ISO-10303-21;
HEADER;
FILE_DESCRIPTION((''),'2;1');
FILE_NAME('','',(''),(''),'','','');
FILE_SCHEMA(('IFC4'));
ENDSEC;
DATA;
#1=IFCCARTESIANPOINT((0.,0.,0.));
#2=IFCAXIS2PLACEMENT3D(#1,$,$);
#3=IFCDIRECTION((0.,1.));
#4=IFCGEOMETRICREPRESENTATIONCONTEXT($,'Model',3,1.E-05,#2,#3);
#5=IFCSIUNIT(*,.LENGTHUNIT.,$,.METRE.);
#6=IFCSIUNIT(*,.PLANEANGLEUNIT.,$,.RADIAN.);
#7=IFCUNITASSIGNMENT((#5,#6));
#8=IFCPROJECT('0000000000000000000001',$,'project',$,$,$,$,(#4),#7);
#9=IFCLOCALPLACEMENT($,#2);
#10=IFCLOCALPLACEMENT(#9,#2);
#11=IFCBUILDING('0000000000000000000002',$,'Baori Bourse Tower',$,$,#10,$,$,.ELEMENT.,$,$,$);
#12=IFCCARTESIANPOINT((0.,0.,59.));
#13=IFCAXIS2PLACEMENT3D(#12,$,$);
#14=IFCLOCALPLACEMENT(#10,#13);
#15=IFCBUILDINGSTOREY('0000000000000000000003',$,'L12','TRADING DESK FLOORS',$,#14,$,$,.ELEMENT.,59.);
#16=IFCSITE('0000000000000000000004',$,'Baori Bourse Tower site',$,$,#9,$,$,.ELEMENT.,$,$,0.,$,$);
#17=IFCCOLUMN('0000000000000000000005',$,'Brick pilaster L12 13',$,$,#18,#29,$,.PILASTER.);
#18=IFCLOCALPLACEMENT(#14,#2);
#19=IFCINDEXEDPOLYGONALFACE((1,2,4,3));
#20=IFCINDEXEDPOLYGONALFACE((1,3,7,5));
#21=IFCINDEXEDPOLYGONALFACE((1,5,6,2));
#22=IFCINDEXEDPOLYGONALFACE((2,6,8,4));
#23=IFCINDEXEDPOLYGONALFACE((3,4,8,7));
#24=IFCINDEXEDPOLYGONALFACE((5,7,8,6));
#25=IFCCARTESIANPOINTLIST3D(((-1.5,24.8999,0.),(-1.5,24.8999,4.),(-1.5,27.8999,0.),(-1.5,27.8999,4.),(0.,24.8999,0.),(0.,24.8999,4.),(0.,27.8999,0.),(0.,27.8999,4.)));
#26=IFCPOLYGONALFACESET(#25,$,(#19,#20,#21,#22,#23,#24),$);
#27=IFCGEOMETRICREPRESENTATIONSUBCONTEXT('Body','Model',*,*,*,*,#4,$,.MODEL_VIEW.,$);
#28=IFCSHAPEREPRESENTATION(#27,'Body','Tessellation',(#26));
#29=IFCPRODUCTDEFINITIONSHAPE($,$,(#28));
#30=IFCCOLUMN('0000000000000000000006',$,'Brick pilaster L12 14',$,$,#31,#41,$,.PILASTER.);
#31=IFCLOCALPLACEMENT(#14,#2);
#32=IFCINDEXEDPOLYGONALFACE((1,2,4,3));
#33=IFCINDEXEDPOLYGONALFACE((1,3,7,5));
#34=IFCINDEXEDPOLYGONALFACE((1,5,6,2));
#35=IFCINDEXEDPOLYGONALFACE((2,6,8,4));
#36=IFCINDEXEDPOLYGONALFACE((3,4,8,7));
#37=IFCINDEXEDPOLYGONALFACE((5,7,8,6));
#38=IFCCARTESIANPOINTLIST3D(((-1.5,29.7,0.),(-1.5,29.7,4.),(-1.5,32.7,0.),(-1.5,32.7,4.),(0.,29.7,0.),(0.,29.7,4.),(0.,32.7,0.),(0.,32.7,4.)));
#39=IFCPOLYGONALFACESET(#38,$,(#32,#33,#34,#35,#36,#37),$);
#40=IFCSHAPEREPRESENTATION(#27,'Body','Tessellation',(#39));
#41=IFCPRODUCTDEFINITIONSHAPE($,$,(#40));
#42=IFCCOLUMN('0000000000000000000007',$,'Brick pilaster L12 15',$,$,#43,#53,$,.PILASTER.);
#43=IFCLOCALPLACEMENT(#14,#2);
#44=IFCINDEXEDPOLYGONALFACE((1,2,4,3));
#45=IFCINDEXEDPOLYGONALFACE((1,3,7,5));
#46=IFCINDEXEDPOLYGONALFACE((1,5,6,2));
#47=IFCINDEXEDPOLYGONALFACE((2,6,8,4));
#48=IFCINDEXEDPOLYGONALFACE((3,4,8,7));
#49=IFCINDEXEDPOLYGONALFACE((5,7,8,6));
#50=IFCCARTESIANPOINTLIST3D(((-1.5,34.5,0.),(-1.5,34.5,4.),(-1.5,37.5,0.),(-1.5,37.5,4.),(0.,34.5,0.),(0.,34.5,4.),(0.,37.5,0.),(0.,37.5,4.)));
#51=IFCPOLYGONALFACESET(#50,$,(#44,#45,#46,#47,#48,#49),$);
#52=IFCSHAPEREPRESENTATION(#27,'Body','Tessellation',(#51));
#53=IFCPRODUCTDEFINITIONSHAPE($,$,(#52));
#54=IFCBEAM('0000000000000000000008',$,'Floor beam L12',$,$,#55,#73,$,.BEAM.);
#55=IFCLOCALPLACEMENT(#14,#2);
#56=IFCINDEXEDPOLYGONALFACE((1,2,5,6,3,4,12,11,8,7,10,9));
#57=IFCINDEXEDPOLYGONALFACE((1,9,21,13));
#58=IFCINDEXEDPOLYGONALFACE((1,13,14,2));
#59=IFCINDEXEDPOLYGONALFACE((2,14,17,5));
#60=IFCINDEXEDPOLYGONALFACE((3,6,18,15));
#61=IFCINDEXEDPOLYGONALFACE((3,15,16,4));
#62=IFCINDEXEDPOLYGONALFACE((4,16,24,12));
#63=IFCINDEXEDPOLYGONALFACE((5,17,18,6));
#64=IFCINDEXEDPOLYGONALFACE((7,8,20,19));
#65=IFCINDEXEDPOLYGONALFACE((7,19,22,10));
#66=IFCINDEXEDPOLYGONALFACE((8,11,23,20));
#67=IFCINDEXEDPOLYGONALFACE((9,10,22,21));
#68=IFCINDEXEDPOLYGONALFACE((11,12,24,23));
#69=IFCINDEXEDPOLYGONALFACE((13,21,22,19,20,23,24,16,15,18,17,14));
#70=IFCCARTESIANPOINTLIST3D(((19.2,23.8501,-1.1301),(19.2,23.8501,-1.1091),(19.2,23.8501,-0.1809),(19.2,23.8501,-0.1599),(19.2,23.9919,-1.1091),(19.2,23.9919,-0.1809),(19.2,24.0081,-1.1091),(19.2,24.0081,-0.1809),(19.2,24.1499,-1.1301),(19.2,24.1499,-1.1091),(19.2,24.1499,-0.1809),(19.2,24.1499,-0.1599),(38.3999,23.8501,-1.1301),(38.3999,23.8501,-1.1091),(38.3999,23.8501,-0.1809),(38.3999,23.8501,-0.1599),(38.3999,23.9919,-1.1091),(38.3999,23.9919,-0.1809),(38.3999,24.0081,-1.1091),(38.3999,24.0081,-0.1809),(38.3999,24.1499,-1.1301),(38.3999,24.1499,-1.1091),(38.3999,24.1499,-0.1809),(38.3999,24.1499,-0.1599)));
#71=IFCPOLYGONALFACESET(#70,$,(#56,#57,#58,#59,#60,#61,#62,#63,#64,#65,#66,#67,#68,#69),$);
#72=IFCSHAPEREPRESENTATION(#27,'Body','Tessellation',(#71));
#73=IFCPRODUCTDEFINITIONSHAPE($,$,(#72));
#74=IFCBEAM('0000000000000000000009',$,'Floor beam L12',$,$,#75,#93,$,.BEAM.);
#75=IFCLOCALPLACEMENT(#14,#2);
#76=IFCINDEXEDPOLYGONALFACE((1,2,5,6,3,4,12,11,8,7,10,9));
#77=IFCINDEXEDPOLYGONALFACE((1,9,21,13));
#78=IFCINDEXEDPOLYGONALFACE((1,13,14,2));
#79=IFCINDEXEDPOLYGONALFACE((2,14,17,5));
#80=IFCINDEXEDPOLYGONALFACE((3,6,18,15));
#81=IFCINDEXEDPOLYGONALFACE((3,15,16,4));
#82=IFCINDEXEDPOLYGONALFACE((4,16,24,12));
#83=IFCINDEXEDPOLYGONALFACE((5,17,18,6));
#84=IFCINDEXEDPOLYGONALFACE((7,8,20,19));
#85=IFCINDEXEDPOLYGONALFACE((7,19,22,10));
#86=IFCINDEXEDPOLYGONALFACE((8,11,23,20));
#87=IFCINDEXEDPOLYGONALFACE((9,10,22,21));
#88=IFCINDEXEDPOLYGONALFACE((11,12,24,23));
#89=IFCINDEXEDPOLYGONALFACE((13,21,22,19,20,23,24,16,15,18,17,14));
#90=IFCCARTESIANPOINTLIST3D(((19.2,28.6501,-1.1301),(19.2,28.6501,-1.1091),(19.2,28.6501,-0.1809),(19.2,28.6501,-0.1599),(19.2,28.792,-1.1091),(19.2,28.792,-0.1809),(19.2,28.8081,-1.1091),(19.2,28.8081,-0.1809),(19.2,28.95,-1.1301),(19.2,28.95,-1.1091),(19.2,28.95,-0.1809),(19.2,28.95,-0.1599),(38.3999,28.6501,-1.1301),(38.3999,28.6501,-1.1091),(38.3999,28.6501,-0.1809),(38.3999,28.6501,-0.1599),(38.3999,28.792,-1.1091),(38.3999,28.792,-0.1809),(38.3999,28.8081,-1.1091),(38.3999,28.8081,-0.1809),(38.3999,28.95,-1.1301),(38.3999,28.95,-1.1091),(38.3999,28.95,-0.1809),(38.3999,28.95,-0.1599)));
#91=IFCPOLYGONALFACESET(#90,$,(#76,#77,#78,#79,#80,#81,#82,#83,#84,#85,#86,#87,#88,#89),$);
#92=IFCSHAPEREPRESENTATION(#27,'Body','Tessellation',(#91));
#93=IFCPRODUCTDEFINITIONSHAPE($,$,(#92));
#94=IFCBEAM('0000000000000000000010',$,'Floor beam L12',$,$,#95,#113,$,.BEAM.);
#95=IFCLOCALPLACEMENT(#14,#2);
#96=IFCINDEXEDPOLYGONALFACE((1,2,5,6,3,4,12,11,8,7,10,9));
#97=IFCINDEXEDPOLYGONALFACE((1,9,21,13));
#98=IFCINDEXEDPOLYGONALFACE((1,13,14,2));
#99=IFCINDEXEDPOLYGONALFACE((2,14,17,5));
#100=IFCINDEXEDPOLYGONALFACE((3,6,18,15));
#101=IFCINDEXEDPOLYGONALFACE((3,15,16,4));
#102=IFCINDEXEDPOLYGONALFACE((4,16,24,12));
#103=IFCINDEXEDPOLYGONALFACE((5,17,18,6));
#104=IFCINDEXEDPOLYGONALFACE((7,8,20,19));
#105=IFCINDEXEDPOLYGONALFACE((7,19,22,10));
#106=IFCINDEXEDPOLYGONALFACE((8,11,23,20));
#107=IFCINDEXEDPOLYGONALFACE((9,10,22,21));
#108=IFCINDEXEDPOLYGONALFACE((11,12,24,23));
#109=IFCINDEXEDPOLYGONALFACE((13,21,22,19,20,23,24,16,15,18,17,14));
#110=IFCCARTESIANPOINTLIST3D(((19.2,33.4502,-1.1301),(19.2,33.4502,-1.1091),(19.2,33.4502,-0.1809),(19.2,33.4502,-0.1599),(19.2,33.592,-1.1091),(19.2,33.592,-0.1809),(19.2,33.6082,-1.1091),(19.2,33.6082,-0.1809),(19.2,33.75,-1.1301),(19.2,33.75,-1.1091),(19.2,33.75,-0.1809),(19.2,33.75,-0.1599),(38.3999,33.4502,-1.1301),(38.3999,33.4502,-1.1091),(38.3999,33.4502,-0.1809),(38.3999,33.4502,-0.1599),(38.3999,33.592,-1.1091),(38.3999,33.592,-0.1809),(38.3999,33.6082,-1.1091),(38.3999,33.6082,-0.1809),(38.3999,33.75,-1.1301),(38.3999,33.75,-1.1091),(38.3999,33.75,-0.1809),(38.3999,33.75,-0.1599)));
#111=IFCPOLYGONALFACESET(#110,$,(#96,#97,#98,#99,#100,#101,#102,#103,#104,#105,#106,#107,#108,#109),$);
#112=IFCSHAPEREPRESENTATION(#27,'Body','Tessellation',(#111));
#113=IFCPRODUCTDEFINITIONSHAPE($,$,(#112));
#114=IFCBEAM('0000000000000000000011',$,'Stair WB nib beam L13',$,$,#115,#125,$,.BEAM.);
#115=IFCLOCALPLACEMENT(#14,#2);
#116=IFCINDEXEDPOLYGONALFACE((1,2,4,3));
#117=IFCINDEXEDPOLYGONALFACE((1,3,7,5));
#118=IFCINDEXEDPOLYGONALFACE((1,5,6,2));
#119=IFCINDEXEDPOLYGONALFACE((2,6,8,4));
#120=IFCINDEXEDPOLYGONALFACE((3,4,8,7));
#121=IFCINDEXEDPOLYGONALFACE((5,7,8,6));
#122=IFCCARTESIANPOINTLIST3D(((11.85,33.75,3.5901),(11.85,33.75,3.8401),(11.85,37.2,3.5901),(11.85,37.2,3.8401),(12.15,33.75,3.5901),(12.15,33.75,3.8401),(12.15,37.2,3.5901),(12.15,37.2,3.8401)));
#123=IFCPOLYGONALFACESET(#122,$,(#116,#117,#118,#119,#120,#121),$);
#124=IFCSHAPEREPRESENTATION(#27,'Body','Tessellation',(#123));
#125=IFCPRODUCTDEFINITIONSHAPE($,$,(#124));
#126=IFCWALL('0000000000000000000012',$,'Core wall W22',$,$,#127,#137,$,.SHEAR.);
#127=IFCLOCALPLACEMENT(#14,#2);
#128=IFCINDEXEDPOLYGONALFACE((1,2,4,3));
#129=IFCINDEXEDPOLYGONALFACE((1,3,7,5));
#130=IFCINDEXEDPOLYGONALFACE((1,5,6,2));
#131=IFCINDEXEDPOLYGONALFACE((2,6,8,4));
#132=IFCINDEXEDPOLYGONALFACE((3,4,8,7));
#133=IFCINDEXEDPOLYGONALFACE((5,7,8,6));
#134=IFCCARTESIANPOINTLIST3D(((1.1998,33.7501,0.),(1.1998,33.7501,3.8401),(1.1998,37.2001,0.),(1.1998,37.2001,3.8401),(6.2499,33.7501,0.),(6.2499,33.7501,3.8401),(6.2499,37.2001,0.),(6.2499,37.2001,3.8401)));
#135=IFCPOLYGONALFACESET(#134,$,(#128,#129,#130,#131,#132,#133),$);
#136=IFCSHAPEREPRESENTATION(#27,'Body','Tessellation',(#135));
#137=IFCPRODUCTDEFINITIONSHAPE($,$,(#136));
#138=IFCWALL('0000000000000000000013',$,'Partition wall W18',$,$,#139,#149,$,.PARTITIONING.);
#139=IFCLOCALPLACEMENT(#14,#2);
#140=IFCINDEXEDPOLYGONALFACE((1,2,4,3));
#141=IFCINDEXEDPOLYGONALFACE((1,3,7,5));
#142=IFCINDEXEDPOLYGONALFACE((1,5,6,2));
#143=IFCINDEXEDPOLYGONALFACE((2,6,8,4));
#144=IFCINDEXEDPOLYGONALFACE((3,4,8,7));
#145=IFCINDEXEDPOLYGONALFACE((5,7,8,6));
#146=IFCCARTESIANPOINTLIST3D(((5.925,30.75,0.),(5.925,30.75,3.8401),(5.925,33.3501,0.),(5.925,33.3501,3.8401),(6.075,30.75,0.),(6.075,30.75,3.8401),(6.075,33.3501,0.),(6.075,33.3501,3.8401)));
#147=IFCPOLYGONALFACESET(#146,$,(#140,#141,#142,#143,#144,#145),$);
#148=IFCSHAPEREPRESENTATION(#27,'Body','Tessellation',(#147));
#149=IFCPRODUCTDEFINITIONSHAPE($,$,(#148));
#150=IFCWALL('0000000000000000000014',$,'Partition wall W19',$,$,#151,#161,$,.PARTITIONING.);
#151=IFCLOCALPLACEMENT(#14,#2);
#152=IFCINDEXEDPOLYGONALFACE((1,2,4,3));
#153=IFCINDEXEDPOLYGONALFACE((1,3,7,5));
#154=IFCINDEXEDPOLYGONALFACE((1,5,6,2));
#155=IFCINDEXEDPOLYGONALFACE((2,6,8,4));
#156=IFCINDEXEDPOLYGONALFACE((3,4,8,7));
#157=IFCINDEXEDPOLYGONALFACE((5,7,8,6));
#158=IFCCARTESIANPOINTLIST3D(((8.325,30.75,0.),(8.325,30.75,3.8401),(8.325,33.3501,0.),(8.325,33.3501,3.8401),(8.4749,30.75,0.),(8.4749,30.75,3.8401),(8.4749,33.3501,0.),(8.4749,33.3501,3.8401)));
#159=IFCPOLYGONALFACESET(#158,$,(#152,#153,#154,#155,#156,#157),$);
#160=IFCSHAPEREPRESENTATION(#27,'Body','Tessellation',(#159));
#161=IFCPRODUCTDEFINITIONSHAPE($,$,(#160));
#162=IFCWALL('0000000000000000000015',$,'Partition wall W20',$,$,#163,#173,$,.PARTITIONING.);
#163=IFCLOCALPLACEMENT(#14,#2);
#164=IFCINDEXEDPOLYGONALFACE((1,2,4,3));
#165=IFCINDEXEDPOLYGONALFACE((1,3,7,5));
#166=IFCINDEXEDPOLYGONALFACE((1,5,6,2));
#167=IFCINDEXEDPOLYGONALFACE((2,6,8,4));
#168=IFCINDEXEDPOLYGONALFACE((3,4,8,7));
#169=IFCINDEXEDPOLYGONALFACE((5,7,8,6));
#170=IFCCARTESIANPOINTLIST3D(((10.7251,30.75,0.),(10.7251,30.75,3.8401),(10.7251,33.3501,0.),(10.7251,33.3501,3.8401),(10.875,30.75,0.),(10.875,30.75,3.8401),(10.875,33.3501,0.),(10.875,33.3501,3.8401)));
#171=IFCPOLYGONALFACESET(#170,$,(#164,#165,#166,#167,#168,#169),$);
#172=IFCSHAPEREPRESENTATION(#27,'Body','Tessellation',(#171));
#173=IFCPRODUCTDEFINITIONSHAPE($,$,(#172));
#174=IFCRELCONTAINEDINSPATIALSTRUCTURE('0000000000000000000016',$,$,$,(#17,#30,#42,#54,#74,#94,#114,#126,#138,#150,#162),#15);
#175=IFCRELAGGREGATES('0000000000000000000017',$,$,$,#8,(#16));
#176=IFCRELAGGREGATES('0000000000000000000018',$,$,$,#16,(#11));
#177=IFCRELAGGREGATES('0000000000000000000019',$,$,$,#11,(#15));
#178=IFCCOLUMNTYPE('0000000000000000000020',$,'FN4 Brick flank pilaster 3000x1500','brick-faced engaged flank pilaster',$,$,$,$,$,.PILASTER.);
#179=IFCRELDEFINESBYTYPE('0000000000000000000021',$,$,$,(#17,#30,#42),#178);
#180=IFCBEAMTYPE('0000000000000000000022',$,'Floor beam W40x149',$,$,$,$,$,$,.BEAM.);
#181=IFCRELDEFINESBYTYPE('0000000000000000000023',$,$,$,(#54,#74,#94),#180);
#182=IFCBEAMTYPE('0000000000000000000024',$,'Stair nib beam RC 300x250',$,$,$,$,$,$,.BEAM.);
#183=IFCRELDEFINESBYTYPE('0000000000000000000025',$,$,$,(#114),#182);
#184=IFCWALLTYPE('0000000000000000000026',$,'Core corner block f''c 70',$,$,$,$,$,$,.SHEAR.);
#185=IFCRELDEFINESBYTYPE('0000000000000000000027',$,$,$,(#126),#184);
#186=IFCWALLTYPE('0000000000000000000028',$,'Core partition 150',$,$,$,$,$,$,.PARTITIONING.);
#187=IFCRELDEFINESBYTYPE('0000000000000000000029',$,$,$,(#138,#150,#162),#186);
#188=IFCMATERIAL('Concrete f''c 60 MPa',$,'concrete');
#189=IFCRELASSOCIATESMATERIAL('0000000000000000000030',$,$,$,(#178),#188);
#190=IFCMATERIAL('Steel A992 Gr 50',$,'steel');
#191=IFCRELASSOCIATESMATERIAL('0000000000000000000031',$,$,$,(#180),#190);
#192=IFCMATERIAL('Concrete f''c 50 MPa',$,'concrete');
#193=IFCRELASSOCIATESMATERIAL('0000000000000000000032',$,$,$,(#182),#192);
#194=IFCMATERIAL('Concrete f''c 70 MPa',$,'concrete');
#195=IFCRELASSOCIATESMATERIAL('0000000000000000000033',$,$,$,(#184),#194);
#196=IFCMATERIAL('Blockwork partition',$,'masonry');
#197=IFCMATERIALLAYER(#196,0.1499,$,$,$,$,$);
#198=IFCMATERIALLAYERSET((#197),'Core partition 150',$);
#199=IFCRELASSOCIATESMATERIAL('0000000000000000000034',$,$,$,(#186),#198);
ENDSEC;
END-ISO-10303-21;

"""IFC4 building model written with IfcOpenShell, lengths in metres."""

from ifc_helpers import new_model, si_unit, direction, frame, frame_2d, origin, origin_2d, place, context, subcontext, project, spatial, rectangle, i_section, extrude, material, layer, layer_set, material_profile, profile_set, type_object, element, save


model = new_model("IFC4")

# Units and contexts
model_context = context("Model", 3, precision=1e-05, world=origin(), true_north=direction((0.0, 1.0)))
body_context = subcontext(model_context, "Body", "Model", "MODEL_VIEW")
ifc_project = project(units=[si_unit("LENGTHUNIT", "METRE"), si_unit("PLANEANGLEUNIT", "RADIAN")], contexts=[model_context])

# Site, building, storey
site_placement = place(None, origin())
site = spatial("IfcSite", under=ifc_project, at=site_placement, Name="Baori Bourse Tower site", CompositionType="ELEMENT", RefElevation=0.0)
building_placement = place(site_placement, origin())
building = spatial("IfcBuilding", under=site, at=building_placement, Name="Baori Bourse Tower", CompositionType="ELEMENT")
storey_placement = place(building_placement, frame((0.0, 0.0, 59.0)))
storey = spatial("IfcBuildingStorey", under=building, at=storey_placement, Name="L12", Description="TRADING DESK FLOORS", CompositionType="ELEMENT", Elevation=59.0)

# Columns
ifc_material_1 = material(Name="Concrete f'c 60 MPa", Category="concrete")
ifc_material_profile_1 = material_profile(ifc_material_1, rectangle(XDim=3.0, YDim=1.5, at=origin_2d()), Name="RC 3000x1500")
ifc_profile_set_1 = profile_set([ifc_material_profile_1], Name="Concrete f'c 60 MPa")
column_type = type_object("IfcColumnType", Name="FN4 Brick flank pilaster 3000x1500", Description="brick-faced engaged flank pilaster", PredefinedType="PILASTER", material=ifc_profile_set_1)
for number, where, z_axis, x_axis, name in (
    (1, (-0.75, 26.3999, 0.0), (0.0, 0.0, 1.0), (0.0, 1.0, 0.0), "Brick pilaster L12 13"),
    (2, (-0.75, 31.2, 0.0), (0.0, 0.0, 1.0), (0.0, 1.0, 0.0), "Brick pilaster L12 14"),
    (3, (-0.75, 36.0, 0.0), (0.0, 0.0, 1.0), (0.0, 1.0, 0.0), "Brick pilaster L12 15"),
):
    element("IfcColumn", number, at=place(storey_placement, frame(where, z_axis=z_axis, x_axis=x_axis)), inside=storey, type_object=column_type, Name=name, PredefinedType="PILASTER", context=body_context, shape_type="SweptSolid", body=[
        extrude(rectangle(XDim=3.0, YDim=1.5, at=origin_2d()), origin(), (0.0, 0.0, 1.0), 4.0),
    ])

# Beams
ifc_material_2 = material(Name="Steel A992 Gr 50", Category="steel")
ifc_material_profile_2 = material_profile(ifc_material_2, i_section(OverallWidth=0.2998, OverallDepth=0.9702, WebThickness=0.0161, FlangeThickness=0.021, at=origin_2d()), Name="W40x149")
ifc_profile_set_2 = profile_set([ifc_material_profile_2], Name="Steel A992 Gr 50")
beam_type_1 = type_object("IfcBeamType", Name="Floor beam W40x149", PredefinedType="BEAM", material=ifc_profile_set_2)
for number, where, z_axis, x_axis, name in (
    (4, (19.2, 24.0, -0.645), (1.0, 0.0, 0.0), (0.0, 1.0, 0.0), "Floor beam L12"),
    (5, (19.2, 28.8, -0.645), (1.0, 0.0, 0.0), (0.0, 1.0, 0.0), "Floor beam L12"),
    (6, (19.2, 33.6001, -0.645), (1.0, 0.0, 0.0), (0.0, 1.0, 0.0), "Floor beam L12"),
):
    element("IfcBeam", number, at=place(storey_placement, frame(where, z_axis=z_axis, x_axis=x_axis)), inside=storey, type_object=beam_type_1, Name=name, PredefinedType="BEAM", context=body_context, shape_type="SweptSolid", body=[
        extrude(i_section(OverallWidth=0.2998, OverallDepth=0.9702, WebThickness=0.0161, FlangeThickness=0.021, at=origin_2d()), origin(), (0.0, 0.0, 1.0), 19.2),
    ])
ifc_material_3 = material(Name="Concrete f'c 50 MPa", Category="concrete")
ifc_material_profile_3 = material_profile(ifc_material_3, rectangle(XDim=0.3, YDim=0.25, at=origin_2d()), Name="RC 300x250")
ifc_profile_set_3 = profile_set([ifc_material_profile_3], Name="Concrete f'c 50 MPa")
beam_type_2 = type_object("IfcBeamType", Name="Stair nib beam RC 300x250", PredefinedType="BEAM", material=ifc_profile_set_3)
beam_placement = place(storey_placement, frame((12.0, 33.75, 3.7151), z_axis=(0.0, 1.0, 0.0), x_axis=(-1.0, 0.0, 0.0)))
element("IfcBeam", 7, at=beam_placement, inside=storey, type_object=beam_type_2, Name="Stair WB nib beam L13", PredefinedType="BEAM", context=body_context, shape_type="SweptSolid", body=[
    extrude(rectangle(XDim=0.3, YDim=0.25, at=origin_2d()), origin(), (0.0, 0.0, 1.0), 3.45),
])

# Walls
ifc_material_4 = material(Name="Concrete f'c 70 MPa", Category="concrete")
wall_type_1 = type_object("IfcWallType", Name="Core corner block f'c 70", PredefinedType="SHEAR", material=ifc_material_4)
wall_1_placement = place(storey_placement, frame((1.2, 35.4751, 0.0), z_axis=(0.0, 0.0, 1.0), x_axis=(1.0, 0.0, 0.0)))
element("IfcWall", 8, at=wall_1_placement, inside=storey, type_object=wall_type_1, Name="Core wall W22", PredefinedType="SHEAR", context=body_context, shape_type="SweptSolid", body=[
    extrude(rectangle(XDim=5.05, YDim=3.45, at=frame_2d((2.5249, 0.0))), origin(), (0.0, 0.0, 1.0), 3.8401),
])
ifc_material_5 = material(Name="Blockwork partition", Category="masonry")
ifc_layer_1 = layer(ifc_material_5, 0.1499)
ifc_layer_set_1 = layer_set([ifc_layer_1], Name="Core partition 150")
wall_type_2 = type_object("IfcWallType", Name="Core partition 150", PredefinedType="PARTITIONING", material=ifc_layer_set_1)
for number, where, z_axis, x_axis, name in (
    (9, (6.0, 30.75, 0.0), (0.0, 0.0, 1.0), (0.0, 1.0, 0.0), "Partition wall W18"),
    (10, (8.3999, 30.75, 0.0), (0.0, 0.0, 1.0), (0.0, 1.0, 0.0), "Partition wall W19"),
    (11, (10.8, 30.75, 0.0), (0.0, 0.0, 1.0), (0.0, 1.0, 0.0), "Partition wall W20"),
):
    element("IfcWall", number, at=place(storey_placement, frame(where, z_axis=z_axis, x_axis=x_axis)), inside=storey, type_object=wall_type_2, Name=name, PredefinedType="PARTITIONING", context=body_context, shape_type="SweptSolid", body=[
        extrude(rectangle(XDim=2.6001, YDim=0.1499, at=frame_2d((1.3, 0.0))), origin(), (0.0, 0.0, 1.0), 3.8401),
    ])

save(model, "model.ifc")
